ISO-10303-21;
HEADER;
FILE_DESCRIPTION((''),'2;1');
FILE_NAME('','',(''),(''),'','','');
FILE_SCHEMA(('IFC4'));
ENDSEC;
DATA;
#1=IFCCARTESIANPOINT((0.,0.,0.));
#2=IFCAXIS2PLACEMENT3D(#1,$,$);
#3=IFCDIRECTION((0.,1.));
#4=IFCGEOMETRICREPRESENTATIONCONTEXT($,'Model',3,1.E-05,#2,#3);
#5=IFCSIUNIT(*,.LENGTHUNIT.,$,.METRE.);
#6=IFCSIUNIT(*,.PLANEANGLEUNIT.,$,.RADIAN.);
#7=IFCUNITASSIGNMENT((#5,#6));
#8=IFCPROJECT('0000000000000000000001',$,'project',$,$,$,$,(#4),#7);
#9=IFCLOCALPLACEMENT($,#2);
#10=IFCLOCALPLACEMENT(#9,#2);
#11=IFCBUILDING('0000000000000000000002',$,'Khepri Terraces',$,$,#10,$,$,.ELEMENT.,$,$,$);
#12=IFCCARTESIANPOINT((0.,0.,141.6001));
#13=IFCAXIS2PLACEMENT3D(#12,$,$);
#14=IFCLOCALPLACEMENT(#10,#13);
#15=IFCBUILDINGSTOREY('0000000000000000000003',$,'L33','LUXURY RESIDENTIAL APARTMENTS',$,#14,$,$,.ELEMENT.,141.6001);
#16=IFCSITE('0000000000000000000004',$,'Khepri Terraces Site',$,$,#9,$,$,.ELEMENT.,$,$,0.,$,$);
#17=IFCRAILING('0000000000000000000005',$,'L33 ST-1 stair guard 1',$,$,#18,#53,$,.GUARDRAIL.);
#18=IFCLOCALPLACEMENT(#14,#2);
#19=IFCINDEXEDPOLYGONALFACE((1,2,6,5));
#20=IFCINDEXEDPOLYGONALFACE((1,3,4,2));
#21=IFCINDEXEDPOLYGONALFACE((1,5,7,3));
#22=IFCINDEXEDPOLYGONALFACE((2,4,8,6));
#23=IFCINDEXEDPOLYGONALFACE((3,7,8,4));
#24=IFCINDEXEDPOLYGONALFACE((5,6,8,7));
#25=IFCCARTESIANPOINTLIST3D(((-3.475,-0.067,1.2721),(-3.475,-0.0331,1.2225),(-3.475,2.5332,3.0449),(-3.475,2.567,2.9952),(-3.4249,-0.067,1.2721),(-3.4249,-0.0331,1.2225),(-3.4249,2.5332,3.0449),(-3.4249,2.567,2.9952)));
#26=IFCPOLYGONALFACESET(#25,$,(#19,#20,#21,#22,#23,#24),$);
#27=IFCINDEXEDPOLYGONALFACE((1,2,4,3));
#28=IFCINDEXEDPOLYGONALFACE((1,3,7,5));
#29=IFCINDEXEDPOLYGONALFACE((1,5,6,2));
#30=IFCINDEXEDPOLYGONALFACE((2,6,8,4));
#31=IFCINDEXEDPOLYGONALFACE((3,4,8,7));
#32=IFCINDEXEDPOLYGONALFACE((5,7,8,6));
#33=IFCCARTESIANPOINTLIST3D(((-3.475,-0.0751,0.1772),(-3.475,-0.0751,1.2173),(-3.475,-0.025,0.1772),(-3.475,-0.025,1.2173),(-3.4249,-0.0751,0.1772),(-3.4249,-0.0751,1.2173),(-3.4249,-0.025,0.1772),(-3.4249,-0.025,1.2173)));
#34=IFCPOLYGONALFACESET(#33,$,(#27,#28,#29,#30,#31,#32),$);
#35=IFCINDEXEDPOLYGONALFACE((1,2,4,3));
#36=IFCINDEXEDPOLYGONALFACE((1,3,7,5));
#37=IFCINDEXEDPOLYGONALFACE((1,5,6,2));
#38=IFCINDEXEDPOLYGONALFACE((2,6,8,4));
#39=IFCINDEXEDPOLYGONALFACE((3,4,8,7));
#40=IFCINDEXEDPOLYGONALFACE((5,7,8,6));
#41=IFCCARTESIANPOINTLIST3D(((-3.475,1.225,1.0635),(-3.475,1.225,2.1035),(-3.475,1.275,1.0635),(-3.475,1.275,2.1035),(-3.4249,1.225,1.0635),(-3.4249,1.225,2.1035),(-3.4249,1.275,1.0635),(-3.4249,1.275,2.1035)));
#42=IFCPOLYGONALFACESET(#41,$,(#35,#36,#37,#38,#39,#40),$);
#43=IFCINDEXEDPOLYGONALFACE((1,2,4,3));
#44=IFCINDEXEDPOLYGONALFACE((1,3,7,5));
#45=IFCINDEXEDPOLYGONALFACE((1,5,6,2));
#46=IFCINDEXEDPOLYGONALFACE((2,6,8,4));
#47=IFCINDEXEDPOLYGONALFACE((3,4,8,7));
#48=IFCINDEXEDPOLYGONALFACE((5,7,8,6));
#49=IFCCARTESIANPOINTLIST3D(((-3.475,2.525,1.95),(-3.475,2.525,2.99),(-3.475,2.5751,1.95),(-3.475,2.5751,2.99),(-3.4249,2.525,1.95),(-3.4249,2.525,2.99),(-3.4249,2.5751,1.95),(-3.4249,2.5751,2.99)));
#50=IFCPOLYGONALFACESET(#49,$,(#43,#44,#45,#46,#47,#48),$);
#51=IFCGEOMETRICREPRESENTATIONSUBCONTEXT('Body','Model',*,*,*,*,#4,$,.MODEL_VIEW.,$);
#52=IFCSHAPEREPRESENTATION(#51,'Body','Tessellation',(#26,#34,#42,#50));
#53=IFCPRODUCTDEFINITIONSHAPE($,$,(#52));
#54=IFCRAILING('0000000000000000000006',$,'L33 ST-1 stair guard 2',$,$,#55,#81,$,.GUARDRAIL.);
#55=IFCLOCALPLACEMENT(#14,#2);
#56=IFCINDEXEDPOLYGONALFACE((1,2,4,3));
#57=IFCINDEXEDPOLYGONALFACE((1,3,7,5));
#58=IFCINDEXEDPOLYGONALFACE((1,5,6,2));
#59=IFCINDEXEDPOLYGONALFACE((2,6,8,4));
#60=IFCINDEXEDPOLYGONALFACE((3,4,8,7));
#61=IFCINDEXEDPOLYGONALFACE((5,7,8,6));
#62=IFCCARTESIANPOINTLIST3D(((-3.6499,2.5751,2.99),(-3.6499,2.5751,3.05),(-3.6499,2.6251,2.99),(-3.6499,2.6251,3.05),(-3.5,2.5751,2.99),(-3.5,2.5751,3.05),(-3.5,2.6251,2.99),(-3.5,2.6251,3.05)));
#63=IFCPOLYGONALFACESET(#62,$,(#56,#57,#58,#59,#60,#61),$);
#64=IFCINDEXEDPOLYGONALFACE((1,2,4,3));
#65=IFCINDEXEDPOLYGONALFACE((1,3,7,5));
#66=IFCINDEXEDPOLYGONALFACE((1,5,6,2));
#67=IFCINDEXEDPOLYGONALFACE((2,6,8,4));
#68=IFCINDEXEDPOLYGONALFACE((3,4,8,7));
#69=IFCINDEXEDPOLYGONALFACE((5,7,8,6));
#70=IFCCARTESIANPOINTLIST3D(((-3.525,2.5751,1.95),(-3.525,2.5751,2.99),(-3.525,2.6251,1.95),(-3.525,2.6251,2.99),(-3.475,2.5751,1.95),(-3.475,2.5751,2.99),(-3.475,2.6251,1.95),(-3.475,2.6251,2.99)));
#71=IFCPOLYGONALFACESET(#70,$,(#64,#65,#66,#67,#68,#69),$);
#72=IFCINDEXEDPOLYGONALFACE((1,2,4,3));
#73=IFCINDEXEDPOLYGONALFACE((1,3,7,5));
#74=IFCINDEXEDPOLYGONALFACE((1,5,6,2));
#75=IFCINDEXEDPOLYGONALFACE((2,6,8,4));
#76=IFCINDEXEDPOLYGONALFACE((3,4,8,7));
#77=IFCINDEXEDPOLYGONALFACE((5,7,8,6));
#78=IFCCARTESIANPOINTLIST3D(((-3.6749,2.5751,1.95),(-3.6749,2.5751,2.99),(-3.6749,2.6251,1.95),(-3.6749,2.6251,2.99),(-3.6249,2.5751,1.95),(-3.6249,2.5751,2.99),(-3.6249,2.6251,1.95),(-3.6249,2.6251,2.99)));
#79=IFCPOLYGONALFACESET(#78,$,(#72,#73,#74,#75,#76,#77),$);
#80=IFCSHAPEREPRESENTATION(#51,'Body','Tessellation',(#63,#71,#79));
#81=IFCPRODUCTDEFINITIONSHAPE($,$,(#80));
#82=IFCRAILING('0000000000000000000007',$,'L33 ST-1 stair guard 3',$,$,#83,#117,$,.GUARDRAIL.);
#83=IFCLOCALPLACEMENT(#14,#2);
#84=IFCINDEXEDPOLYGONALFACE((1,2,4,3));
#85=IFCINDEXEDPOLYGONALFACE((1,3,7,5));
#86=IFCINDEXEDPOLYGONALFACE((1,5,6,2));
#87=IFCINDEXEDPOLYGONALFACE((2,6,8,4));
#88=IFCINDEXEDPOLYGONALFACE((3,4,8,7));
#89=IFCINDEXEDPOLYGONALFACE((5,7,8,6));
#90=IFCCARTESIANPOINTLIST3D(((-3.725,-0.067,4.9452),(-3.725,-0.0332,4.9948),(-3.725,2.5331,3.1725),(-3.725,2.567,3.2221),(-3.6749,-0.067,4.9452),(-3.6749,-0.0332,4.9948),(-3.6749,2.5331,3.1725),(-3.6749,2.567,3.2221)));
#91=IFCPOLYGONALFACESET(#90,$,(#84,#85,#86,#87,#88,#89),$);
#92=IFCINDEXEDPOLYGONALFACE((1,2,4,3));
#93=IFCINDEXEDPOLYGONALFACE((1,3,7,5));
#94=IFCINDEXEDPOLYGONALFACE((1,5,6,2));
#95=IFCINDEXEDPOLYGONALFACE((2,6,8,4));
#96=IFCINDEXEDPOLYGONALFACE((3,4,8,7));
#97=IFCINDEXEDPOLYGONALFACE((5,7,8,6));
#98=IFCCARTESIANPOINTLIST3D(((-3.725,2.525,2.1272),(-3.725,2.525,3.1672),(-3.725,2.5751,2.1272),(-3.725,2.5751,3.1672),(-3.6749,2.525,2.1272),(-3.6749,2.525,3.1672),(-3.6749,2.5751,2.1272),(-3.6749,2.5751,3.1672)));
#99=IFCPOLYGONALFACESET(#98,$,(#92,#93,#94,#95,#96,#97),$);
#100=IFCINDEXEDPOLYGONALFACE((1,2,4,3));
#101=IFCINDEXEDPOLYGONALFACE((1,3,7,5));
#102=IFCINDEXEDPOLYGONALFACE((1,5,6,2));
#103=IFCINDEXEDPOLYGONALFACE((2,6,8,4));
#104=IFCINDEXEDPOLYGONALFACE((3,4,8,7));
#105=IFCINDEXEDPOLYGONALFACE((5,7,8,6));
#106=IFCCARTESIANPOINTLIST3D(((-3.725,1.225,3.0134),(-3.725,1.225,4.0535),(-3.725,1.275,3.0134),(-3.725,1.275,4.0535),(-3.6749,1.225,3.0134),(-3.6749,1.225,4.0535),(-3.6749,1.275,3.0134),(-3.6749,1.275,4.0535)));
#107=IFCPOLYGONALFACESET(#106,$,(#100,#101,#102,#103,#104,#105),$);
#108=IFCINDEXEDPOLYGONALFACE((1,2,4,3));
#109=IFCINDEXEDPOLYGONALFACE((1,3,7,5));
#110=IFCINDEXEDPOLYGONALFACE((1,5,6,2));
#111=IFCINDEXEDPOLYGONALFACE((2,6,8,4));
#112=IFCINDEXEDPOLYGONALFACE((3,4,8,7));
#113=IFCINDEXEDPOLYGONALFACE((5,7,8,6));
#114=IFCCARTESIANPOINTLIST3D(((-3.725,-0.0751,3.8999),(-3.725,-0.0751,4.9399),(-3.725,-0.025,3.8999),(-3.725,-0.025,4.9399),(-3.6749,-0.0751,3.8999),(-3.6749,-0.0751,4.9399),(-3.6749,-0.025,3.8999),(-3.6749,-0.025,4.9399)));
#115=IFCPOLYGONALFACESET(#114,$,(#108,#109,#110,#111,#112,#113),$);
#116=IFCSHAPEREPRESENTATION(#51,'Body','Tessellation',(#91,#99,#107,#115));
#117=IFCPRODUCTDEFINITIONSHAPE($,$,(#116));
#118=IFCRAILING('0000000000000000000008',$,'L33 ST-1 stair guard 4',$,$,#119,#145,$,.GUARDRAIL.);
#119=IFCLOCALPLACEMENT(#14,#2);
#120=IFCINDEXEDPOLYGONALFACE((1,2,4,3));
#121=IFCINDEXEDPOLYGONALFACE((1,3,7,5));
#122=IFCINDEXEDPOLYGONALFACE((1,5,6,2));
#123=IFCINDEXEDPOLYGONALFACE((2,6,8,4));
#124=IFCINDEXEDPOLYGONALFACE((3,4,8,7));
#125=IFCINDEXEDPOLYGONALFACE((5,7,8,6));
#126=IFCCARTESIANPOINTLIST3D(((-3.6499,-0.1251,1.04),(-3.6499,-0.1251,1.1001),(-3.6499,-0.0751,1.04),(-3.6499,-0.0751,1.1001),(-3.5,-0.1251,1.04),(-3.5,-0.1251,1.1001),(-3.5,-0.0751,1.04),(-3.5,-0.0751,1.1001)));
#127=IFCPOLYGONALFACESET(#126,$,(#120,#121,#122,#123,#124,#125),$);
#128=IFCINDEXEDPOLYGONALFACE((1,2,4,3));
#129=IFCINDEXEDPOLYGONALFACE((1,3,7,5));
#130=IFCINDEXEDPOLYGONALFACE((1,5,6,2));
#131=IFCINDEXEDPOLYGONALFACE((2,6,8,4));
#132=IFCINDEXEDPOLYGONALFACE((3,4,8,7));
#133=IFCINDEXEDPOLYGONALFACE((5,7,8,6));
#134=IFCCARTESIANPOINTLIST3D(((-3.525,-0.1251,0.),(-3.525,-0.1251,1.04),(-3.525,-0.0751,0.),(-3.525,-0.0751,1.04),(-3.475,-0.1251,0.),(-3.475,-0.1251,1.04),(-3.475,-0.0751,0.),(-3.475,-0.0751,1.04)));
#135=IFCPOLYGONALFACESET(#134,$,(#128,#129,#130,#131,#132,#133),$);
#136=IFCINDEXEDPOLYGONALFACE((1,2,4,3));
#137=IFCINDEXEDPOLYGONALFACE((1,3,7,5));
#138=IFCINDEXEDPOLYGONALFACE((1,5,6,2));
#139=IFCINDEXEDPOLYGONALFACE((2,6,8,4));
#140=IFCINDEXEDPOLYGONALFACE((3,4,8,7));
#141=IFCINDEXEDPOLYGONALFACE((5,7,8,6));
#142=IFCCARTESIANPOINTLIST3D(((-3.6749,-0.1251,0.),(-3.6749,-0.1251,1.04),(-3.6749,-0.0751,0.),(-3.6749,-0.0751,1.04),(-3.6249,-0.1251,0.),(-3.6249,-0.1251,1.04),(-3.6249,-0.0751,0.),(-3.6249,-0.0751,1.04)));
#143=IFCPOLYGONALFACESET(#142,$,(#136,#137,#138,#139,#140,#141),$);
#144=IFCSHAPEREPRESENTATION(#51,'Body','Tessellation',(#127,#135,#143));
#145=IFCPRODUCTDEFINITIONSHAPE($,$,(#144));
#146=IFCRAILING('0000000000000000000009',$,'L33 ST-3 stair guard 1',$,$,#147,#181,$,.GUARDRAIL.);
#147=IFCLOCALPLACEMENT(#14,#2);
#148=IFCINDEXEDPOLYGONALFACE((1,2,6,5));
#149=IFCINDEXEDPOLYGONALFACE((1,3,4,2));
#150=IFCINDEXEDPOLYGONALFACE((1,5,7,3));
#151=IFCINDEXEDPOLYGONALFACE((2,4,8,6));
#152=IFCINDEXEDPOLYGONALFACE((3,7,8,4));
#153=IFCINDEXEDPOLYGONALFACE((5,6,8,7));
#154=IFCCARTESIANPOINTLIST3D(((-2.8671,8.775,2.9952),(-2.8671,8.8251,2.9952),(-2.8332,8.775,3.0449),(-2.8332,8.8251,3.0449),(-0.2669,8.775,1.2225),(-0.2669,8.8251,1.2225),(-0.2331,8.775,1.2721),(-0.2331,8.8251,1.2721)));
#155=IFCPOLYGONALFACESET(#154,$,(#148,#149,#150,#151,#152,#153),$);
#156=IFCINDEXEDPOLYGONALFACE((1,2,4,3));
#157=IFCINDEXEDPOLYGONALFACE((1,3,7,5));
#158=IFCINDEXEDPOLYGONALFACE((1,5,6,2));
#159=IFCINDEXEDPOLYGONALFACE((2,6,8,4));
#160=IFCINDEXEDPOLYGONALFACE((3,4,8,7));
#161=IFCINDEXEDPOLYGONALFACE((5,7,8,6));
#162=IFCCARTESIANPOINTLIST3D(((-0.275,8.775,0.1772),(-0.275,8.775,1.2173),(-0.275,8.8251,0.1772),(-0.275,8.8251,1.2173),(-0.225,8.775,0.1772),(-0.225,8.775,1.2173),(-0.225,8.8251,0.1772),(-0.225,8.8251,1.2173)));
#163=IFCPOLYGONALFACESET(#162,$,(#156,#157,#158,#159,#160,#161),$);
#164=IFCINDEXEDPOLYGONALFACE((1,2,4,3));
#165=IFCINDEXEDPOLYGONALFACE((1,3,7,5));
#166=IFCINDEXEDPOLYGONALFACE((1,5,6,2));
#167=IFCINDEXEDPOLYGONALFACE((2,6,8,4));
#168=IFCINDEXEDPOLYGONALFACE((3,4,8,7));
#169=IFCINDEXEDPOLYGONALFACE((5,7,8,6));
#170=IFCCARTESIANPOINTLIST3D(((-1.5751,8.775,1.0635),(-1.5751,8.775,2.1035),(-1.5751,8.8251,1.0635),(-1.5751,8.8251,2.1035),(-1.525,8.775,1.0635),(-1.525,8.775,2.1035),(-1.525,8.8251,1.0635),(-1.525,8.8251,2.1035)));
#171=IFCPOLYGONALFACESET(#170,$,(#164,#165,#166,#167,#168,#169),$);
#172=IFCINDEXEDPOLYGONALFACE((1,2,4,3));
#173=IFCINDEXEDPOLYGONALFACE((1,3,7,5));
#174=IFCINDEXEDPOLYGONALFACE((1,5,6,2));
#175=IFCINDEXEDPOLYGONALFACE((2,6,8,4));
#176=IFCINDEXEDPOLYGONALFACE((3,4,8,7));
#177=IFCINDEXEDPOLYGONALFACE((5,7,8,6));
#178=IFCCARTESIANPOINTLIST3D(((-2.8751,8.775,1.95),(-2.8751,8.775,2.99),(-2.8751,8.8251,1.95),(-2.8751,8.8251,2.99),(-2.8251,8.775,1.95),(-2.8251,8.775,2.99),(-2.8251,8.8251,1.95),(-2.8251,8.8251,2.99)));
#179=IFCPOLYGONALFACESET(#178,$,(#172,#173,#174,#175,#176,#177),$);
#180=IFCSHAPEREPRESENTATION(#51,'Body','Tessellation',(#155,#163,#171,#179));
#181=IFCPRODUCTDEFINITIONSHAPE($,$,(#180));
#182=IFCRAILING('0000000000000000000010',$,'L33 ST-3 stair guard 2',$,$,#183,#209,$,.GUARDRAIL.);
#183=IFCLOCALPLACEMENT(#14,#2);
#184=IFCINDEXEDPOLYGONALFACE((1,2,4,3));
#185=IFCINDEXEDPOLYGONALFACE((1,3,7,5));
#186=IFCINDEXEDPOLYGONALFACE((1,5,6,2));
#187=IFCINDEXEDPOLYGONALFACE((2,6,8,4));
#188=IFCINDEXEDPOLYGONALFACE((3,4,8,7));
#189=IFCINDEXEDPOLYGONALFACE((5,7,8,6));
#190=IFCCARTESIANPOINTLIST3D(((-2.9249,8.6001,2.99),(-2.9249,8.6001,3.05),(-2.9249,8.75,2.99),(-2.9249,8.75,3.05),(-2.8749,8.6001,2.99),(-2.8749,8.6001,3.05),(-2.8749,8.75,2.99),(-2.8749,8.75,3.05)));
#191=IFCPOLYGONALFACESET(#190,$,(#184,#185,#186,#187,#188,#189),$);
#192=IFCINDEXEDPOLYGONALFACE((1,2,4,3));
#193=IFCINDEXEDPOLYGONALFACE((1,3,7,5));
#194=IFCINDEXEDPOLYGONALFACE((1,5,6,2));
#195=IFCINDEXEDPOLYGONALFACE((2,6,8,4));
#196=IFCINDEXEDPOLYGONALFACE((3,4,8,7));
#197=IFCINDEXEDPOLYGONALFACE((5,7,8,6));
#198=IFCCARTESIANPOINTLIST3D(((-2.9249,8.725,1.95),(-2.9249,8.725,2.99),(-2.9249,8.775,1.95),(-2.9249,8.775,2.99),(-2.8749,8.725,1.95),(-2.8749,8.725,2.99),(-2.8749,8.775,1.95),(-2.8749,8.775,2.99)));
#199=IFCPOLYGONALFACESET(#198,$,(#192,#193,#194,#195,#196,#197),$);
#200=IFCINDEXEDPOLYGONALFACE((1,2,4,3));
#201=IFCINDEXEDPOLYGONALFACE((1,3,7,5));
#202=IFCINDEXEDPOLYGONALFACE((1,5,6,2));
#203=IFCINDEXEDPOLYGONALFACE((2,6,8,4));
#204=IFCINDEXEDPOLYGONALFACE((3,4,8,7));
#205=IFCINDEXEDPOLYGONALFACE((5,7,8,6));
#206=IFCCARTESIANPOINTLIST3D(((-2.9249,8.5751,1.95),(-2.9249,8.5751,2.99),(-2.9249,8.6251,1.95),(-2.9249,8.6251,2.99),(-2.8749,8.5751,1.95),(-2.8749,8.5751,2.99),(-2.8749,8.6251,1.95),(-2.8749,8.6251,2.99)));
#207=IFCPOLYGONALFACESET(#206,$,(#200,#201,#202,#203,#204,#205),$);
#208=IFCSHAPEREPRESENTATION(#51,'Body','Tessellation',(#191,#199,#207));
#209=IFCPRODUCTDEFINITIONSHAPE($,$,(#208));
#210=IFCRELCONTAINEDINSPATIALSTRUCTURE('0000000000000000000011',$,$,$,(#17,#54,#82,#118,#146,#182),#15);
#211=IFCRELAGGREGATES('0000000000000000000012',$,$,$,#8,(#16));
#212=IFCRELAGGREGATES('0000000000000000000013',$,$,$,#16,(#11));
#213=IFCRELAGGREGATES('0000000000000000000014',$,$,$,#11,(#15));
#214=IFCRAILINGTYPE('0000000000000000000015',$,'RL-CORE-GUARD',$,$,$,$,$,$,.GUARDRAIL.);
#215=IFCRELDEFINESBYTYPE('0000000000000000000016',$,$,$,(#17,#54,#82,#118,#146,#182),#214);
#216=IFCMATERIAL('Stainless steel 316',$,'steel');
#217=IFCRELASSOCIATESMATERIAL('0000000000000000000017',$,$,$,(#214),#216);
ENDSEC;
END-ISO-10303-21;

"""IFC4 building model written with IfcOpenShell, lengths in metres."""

from ifc_helpers import new_model, si_unit, direction, frame, origin, origin_2d, place, context, subcontext, project, spatial, rectangle, extrude, material, type_object, element, save


model = new_model("IFC4")

# Units and contexts
model_context = context("Model", 3, precision=1e-05, world=origin(), true_north=direction((0.0, 1.0)))
body_context = subcontext(model_context, "Body", "Model", "MODEL_VIEW")
ifc_project = project(units=[si_unit("LENGTHUNIT", "METRE"), si_unit("PLANEANGLEUNIT", "RADIAN")], contexts=[model_context])

# Site, building, storey
site_placement = place(None, origin())
site = spatial("IfcSite", under=ifc_project, at=site_placement, Name="Khepri Terraces Site", CompositionType="ELEMENT", RefElevation=0.0)
building_placement = place(site_placement, origin())
building = spatial("IfcBuilding", under=site, at=building_placement, Name="Khepri Terraces", CompositionType="ELEMENT")
storey_placement = place(building_placement, frame((0.0, 0.0, 141.6001)))
storey = spatial("IfcBuildingStorey", under=building, at=storey_placement, Name="L33", Description="LUXURY RESIDENTIAL APARTMENTS", CompositionType="ELEMENT", Elevation=141.6001)

# Railings
ifc_material_1 = material(Name="Stainless steel 316", Category="steel")
railing_type_1 = type_object("IfcRailingType", Name="RL-CORE-GUARD", PredefinedType="GUARDRAIL", material=ifc_material_1)
railing_1_placement = place(storey_placement, frame((-3.45, -0.05, 0.1772)))
element("IfcRailing", 1, at=railing_1_placement, inside=storey, type_object=railing_type_1, Name="L33 ST-1 stair guard 1", PredefinedType="GUARDRAIL", context=body_context, shape_type="SweptSolid", body=[
    extrude(rectangle(XDim=0.05, YDim=0.0601, at=origin_2d()), frame((0.0, 0.0, 1.0701), z_axis=(0.0, 0.82624, 0.563318), x_axis=(-1.0, 0.0, 0.0)), (0.0, 0.0, 1.0), 3.147),
    extrude(rectangle(XDim=0.05, YDim=0.05, at=origin_2d()), origin(), (0.0, 0.0, 1.0), 1.04),
    extrude(rectangle(XDim=0.05, YDim=0.05, at=origin_2d()), frame((0.0, 1.3, 0.8862)), (0.0, 0.0, 1.0), 1.04),
    extrude(rectangle(XDim=0.05, YDim=0.05, at=origin_2d()), frame((0.0, 2.6001, 1.7727)), (0.0, 0.0, 1.0), 1.04),
])
railing_2_placement = place(storey_placement, frame((-3.5, 2.6001, 1.95)))
element("IfcRailing", 2, at=railing_2_placement, inside=storey, type_object=railing_type_1, Name="L33 ST-1 stair guard 2", PredefinedType="GUARDRAIL", context=body_context, shape_type="SweptSolid", body=[
    extrude(rectangle(XDim=0.05, YDim=0.0601, at=origin_2d()), frame((0.0, 0.0, 1.0701), z_axis=(-1.0, 0.0, 0.0), x_axis=(0.0, -1.0, 0.0)), (0.0, 0.0, 1.0), 0.1499),
    extrude(rectangle(XDim=0.05, YDim=0.05, at=origin_2d()), origin(), (0.0, 0.0, 1.0), 1.04),
    extrude(rectangle(XDim=0.05, YDim=0.05, at=origin_2d()), frame((-0.1499, 0.0, 0.0)), (0.0, 0.0, 1.0), 1.04),
])
railing_3_placement = place(storey_placement, frame((-3.7, 2.55, 2.1272)))
element("IfcRailing", 3, at=railing_3_placement, inside=storey, type_object=railing_type_1, Name="L33 ST-1 stair guard 3", PredefinedType="GUARDRAIL", context=body_context, shape_type="SweptSolid", body=[
    extrude(rectangle(XDim=0.05, YDim=0.0601, at=origin_2d()), frame((0.0, 0.0, 1.0701), z_axis=(0.0, -0.82624, 0.563318), x_axis=(1.0, 0.0, 0.0)), (0.0, 0.0, 1.0), 3.147),
    extrude(rectangle(XDim=0.05, YDim=0.05, at=origin_2d()), origin(), (0.0, 0.0, 1.0), 1.04),
    extrude(rectangle(XDim=0.05, YDim=0.05, at=origin_2d()), frame((0.0, -1.3, 0.8862)), (0.0, 0.0, 1.0), 1.04),
    extrude(rectangle(XDim=0.05, YDim=0.05, at=origin_2d()), frame((0.0, -2.6001, 1.7727)), (0.0, 0.0, 1.0), 1.04),
])
railing_4_placement = place(storey_placement, frame((-3.5, -0.1001, 0.0)))
element("IfcRailing", 4, at=railing_4_placement, inside=storey, type_object=railing_type_1, Name="L33 ST-1 stair guard 4", PredefinedType="GUARDRAIL", context=body_context, shape_type="SweptSolid", body=[
    extrude(rectangle(XDim=0.05, YDim=0.0601, at=origin_2d()), frame((0.0, 0.0, 1.0701), z_axis=(-1.0, 0.0, 0.0), x_axis=(0.0, -1.0, 0.0)), (0.0, 0.0, 1.0), 0.1499),
    extrude(rectangle(XDim=0.05, YDim=0.05, at=origin_2d()), origin(), (0.0, 0.0, 1.0), 1.04),
    extrude(rectangle(XDim=0.05, YDim=0.05, at=origin_2d()), frame((-0.1499, 0.0, 0.0)), (0.0, 0.0, 1.0), 1.04),
])
railing_5_placement = place(storey_placement, frame((-0.25, 8.8, 0.1772)))
element("IfcRailing", 5, at=railing_5_placement, inside=storey, type_object=railing_type_1, Name="L33 ST-3 stair guard 1", PredefinedType="GUARDRAIL", context=body_context, shape_type="SweptSolid", body=[
    extrude(rectangle(XDim=0.05, YDim=0.0601, at=origin_2d()), frame((0.0, 0.0, 1.0701), z_axis=(-0.82624, 0.0, 0.563318), x_axis=(0.0, -1.0, 0.0)), (0.0, 0.0, 1.0), 3.147),
    extrude(rectangle(XDim=0.05, YDim=0.05, at=origin_2d()), origin(), (0.0, 0.0, 1.0), 1.04),
    extrude(rectangle(XDim=0.05, YDim=0.05, at=origin_2d()), frame((-1.3, 0.0, 0.8862)), (0.0, 0.0, 1.0), 1.04),
    extrude(rectangle(XDim=0.05, YDim=0.05, at=origin_2d()), frame((-2.6001, 0.0, 1.7727)), (0.0, 0.0, 1.0), 1.04),
])
railing_6_placement = place(storey_placement, frame((-2.8999, 8.75, 1.95)))
element("IfcRailing", 6, at=railing_6_placement, inside=storey, type_object=railing_type_1, Name="L33 ST-3 stair guard 2", PredefinedType="GUARDRAIL", context=body_context, shape_type="SweptSolid", body=[
    extrude(rectangle(XDim=0.05, YDim=0.0601, at=origin_2d()), frame((0.0, 0.0, 1.0701), z_axis=(0.0, -1.0, 0.0), x_axis=(1.0, 0.0, 0.0)), (0.0, 0.0, 1.0), 0.1499),
    extrude(rectangle(XDim=0.05, YDim=0.05, at=origin_2d()), origin(), (0.0, 0.0, 1.0), 1.04),
    extrude(rectangle(XDim=0.05, YDim=0.05, at=origin_2d()), frame((0.0, -0.1499, 0.0)), (0.0, 0.0, 1.0), 1.04),
])

save(model, "model.ifc")
